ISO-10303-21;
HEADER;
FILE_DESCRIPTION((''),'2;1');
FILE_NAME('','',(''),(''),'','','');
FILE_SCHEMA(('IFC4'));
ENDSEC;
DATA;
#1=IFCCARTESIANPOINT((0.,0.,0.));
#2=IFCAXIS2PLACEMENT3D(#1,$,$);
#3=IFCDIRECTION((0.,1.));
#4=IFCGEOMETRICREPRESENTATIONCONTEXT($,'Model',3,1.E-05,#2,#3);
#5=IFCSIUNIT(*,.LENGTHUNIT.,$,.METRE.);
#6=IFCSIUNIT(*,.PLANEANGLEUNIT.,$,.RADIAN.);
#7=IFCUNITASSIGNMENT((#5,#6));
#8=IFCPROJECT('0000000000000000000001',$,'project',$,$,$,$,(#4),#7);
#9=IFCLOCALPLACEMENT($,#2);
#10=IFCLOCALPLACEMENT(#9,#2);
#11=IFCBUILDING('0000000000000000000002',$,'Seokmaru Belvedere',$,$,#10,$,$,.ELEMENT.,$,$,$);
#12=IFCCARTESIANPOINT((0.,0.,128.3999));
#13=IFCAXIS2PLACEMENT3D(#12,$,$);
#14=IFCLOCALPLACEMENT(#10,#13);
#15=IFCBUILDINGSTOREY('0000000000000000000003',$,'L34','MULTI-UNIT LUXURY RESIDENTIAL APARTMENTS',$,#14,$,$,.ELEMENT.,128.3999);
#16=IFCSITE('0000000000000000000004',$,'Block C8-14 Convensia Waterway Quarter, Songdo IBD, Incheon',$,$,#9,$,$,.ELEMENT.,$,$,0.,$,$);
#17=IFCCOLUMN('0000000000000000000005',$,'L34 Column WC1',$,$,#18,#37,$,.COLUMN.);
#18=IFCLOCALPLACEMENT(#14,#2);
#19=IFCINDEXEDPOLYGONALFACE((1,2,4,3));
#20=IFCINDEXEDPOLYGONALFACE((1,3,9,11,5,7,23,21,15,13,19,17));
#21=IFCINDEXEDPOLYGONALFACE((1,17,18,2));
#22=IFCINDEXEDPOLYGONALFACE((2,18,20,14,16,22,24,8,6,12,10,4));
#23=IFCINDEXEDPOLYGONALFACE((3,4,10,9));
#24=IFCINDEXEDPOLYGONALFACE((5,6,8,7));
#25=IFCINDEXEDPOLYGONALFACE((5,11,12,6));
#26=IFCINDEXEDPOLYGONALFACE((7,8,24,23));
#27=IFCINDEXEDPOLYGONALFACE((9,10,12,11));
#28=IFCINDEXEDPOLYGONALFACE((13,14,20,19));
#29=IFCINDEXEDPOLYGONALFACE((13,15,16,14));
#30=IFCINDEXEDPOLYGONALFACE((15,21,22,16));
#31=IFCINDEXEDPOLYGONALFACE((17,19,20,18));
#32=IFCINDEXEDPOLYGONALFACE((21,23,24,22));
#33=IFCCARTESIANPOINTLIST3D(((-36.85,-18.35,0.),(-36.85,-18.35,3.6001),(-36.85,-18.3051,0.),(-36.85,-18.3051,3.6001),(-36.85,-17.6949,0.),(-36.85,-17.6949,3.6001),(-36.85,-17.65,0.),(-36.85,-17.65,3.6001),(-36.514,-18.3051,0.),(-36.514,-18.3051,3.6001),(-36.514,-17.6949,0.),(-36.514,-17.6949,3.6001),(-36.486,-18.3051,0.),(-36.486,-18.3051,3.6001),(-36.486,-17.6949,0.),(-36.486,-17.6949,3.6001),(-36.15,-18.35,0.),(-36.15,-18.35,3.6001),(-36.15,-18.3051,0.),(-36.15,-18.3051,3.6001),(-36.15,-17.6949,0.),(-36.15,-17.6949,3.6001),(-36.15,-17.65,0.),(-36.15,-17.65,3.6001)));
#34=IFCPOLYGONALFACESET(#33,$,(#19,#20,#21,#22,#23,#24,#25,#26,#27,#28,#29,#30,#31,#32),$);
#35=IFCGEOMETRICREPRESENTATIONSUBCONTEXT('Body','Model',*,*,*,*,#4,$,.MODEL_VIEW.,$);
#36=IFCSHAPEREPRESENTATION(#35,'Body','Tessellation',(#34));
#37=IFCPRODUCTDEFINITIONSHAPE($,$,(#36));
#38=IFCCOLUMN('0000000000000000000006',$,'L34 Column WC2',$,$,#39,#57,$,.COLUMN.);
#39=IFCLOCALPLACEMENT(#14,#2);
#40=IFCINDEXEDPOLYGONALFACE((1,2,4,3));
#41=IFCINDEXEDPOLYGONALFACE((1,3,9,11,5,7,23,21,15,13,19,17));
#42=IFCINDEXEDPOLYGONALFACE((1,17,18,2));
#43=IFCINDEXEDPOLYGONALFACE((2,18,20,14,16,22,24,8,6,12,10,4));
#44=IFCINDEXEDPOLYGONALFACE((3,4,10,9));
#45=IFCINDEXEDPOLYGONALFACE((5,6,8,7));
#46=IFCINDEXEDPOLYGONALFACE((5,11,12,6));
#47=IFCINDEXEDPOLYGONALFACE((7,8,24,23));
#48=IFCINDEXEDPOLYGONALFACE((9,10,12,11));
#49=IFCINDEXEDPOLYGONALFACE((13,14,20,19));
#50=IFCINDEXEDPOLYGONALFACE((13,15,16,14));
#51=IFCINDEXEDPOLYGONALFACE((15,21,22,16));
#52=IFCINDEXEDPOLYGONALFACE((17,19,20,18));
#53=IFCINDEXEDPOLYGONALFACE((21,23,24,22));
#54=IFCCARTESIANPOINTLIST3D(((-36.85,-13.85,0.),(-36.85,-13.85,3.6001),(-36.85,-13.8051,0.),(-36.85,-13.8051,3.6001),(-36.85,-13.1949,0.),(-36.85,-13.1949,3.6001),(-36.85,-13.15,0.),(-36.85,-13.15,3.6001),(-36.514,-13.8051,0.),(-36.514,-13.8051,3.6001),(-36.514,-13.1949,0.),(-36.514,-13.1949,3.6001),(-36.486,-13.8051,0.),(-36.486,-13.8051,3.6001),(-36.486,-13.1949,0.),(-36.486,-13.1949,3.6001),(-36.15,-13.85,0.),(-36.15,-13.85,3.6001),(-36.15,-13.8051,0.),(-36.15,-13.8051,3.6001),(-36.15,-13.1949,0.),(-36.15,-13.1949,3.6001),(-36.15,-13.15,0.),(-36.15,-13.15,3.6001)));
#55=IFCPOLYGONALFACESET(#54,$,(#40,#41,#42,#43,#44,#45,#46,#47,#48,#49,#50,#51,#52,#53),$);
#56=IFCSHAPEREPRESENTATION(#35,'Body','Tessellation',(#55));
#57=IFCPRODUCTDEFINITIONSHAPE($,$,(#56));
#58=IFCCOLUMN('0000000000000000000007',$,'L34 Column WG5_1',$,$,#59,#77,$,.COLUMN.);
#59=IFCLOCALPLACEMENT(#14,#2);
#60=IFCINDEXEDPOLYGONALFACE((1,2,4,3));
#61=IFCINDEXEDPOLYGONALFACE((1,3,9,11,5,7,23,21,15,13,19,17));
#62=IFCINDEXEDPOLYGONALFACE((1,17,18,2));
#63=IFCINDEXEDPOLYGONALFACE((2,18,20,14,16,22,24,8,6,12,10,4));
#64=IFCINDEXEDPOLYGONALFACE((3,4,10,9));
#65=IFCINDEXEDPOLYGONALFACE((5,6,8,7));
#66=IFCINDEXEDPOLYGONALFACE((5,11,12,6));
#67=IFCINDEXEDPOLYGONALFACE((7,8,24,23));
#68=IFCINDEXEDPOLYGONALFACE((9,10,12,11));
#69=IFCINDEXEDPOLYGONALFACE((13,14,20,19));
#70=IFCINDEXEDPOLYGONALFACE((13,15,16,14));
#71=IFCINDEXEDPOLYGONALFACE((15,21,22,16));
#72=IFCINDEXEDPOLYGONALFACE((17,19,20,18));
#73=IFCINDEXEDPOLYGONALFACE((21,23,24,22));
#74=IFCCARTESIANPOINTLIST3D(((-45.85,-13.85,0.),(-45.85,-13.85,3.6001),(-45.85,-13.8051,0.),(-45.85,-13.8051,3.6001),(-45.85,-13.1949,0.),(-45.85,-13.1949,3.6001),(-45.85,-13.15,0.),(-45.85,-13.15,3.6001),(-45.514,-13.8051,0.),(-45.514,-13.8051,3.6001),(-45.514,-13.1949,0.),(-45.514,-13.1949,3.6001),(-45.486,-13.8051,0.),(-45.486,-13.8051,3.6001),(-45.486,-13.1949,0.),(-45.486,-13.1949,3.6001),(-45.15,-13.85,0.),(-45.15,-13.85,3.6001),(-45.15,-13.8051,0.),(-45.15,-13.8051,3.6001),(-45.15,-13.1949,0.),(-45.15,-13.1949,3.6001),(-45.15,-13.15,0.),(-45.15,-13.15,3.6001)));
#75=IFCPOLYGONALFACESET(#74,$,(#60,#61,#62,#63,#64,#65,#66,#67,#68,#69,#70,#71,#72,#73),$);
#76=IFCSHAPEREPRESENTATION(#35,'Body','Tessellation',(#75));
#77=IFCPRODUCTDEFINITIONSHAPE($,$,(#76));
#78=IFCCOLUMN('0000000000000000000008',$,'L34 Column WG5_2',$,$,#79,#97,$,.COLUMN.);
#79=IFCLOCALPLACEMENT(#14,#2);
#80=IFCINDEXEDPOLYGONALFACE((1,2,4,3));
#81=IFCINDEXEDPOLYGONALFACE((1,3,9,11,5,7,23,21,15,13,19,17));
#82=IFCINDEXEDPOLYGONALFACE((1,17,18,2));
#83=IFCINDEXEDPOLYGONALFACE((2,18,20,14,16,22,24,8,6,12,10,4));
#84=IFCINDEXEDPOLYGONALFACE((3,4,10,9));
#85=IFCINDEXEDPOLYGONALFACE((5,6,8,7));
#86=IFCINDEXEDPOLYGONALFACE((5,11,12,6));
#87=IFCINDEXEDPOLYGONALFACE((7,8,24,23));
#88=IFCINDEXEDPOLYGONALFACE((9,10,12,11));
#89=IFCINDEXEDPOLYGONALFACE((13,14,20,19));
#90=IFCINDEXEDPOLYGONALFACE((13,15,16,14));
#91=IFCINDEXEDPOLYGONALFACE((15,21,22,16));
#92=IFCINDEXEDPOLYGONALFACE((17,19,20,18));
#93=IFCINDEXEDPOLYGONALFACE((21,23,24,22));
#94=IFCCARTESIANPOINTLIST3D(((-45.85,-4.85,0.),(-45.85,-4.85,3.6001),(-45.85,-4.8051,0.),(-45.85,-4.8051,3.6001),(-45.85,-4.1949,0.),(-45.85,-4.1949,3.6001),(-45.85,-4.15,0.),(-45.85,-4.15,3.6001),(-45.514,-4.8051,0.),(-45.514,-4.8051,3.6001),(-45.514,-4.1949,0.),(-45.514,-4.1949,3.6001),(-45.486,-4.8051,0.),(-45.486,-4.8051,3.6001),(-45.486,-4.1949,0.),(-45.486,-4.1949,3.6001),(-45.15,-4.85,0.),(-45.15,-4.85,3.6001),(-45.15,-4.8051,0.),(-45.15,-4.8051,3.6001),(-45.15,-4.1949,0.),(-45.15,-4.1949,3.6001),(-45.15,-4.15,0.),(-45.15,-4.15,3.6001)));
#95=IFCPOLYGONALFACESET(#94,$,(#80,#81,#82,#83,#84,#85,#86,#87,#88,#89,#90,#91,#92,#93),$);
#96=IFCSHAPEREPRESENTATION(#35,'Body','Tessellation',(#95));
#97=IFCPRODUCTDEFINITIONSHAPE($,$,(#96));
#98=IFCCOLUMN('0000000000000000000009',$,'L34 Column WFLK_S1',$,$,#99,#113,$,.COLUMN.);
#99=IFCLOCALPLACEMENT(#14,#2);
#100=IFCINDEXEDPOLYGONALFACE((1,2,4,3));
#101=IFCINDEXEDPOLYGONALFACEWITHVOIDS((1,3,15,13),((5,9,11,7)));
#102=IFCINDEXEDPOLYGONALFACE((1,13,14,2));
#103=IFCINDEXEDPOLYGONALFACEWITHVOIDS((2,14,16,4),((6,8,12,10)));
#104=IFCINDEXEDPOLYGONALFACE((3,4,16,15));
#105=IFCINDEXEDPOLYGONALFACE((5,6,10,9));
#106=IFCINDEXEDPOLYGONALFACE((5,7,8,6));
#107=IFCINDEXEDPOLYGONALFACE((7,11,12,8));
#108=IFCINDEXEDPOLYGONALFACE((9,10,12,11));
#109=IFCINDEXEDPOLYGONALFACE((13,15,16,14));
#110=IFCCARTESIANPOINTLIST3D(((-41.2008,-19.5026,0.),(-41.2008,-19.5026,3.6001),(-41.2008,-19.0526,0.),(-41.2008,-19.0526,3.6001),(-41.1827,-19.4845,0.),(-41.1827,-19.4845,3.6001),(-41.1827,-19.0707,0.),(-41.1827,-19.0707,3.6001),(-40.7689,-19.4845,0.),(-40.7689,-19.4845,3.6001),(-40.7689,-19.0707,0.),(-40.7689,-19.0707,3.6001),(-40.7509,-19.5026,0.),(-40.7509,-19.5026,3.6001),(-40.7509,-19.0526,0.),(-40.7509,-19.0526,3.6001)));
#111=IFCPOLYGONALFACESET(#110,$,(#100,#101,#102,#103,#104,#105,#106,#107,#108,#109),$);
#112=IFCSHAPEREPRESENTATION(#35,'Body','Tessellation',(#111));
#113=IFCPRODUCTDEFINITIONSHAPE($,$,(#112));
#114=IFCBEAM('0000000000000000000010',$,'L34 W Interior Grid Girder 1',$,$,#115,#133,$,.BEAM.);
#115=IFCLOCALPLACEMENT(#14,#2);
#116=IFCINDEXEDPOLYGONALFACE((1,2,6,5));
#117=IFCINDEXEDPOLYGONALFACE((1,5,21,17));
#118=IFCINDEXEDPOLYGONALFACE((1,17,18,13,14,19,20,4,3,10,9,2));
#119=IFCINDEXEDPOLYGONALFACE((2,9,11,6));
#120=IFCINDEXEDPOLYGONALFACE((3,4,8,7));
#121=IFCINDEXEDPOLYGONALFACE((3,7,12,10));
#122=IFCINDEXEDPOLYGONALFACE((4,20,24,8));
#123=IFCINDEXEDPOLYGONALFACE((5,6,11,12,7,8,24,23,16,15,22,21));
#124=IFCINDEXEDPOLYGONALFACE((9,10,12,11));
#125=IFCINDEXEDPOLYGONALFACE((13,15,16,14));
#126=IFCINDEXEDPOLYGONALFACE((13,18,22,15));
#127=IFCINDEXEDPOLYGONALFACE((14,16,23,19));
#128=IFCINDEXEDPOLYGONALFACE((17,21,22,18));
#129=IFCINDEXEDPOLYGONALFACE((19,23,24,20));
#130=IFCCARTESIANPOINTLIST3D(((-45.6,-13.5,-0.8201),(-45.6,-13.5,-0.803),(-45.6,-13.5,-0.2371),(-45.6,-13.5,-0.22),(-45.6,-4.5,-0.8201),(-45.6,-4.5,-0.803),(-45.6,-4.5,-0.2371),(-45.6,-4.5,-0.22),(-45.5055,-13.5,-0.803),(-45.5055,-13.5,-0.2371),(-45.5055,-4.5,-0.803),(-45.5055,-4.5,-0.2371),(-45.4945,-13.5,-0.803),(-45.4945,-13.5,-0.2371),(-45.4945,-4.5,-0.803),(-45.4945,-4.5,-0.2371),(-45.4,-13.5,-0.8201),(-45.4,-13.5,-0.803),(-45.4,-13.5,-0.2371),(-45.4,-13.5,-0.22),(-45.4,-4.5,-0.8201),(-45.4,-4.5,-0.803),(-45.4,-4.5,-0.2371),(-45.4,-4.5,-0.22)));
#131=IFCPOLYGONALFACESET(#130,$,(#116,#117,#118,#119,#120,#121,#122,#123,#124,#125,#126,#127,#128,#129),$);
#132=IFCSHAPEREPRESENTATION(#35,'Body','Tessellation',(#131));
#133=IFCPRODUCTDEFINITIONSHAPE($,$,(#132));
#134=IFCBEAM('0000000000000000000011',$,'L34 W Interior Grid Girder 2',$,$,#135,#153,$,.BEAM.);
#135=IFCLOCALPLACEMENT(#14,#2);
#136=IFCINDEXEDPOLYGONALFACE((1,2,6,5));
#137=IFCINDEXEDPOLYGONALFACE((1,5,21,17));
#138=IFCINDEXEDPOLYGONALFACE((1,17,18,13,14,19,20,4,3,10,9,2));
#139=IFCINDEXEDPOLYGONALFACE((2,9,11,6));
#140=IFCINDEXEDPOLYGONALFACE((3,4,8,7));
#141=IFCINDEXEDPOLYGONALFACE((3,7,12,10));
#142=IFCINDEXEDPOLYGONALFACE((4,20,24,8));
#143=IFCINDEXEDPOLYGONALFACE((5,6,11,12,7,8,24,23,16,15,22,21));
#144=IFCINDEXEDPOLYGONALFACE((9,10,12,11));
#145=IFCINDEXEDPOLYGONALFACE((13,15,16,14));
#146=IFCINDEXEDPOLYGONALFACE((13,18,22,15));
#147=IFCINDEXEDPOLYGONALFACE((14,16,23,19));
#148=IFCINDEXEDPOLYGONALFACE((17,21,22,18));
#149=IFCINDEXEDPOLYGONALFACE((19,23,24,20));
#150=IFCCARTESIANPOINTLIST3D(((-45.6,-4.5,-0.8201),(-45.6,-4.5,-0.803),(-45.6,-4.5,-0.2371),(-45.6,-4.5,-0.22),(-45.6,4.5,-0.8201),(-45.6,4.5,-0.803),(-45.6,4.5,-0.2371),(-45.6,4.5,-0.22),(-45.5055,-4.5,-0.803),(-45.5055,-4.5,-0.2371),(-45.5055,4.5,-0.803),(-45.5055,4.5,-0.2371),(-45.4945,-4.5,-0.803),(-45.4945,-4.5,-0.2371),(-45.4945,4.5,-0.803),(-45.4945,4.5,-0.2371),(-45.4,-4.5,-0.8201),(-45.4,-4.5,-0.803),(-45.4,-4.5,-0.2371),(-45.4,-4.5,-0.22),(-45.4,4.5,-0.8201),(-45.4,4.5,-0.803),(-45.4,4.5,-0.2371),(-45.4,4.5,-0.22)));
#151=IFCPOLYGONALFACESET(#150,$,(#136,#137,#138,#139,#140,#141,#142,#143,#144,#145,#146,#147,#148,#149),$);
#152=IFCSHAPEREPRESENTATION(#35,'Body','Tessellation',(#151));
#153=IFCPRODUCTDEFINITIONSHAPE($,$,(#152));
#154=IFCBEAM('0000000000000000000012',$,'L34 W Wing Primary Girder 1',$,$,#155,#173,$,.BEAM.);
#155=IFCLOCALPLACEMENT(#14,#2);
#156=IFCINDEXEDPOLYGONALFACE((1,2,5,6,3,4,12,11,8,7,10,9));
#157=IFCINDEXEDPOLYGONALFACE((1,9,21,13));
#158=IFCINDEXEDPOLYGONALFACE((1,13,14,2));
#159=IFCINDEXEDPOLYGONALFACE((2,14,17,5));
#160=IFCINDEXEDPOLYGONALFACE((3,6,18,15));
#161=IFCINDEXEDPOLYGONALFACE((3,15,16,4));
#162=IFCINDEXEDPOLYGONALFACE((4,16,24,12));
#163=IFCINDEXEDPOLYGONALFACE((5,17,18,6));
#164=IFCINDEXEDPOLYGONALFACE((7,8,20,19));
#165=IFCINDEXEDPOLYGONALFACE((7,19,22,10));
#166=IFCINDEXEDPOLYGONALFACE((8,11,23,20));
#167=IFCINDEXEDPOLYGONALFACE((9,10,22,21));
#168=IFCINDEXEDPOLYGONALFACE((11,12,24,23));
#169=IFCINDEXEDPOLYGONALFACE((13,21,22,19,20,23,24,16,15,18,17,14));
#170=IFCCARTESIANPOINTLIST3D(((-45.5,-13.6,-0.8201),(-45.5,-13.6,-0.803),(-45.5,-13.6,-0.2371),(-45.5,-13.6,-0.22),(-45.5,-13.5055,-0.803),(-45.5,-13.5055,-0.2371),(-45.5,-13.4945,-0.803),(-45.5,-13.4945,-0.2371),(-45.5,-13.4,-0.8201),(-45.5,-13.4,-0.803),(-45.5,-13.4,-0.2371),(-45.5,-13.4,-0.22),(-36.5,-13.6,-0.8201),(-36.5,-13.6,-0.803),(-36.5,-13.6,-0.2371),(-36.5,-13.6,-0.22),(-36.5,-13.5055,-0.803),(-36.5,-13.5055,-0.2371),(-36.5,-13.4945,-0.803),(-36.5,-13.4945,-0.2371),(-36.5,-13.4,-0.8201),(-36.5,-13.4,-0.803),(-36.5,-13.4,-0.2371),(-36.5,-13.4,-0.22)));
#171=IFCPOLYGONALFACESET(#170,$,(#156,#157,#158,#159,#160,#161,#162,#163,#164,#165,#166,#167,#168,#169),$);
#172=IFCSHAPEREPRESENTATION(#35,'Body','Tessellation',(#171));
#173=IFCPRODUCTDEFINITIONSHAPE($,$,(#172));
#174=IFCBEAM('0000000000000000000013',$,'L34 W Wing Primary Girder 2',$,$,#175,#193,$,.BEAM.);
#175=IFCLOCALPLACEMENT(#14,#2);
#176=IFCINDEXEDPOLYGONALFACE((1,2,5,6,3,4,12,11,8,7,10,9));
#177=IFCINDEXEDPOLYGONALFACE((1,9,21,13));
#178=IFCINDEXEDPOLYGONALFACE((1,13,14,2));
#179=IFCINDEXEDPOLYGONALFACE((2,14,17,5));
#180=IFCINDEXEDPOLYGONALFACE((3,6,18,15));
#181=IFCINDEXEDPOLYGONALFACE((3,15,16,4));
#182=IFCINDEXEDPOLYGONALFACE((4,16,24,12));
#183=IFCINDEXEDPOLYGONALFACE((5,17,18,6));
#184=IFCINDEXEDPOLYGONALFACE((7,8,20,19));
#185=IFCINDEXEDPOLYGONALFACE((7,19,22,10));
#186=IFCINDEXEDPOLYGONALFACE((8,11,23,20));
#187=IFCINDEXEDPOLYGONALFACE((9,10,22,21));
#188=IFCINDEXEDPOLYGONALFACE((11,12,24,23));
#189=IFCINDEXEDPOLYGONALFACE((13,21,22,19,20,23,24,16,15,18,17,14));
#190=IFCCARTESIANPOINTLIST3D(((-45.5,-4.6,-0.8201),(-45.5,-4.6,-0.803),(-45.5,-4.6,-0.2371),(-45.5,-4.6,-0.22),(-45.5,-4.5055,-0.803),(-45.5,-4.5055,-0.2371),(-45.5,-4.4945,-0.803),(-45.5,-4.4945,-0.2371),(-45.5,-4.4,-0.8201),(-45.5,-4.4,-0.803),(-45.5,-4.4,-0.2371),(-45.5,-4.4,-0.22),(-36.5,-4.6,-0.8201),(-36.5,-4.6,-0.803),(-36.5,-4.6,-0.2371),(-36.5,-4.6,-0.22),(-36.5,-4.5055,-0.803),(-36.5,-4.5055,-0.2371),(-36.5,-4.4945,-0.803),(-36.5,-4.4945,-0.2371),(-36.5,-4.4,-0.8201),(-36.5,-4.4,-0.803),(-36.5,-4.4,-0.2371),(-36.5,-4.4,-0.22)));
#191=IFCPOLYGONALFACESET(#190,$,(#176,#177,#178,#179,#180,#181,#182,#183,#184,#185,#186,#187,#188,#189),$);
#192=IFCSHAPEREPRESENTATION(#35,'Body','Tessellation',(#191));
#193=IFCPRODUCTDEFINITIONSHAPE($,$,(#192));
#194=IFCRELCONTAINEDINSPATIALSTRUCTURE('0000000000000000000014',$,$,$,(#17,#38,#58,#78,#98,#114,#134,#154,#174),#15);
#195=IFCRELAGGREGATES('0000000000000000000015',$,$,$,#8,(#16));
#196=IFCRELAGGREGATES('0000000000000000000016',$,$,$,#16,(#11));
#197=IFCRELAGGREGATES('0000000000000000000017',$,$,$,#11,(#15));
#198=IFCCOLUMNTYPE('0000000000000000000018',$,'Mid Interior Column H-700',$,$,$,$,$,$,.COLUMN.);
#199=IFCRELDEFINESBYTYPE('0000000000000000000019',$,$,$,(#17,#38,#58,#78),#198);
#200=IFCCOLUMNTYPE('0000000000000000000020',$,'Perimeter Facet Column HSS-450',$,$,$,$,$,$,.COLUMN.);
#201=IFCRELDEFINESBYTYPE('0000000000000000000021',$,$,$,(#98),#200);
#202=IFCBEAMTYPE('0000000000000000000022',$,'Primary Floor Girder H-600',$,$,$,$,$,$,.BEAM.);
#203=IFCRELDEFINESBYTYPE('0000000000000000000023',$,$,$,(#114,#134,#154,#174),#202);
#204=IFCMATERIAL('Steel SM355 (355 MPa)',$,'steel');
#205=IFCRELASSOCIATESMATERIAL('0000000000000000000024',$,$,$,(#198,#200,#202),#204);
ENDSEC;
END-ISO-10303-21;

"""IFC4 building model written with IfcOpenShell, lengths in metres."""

from ifc_helpers import new_model, si_unit, direction, frame, origin, origin_2d, place, context, subcontext, project, spatial, hollow_rectangle, i_section, extrude, source, transform, mapped, material, material_profile, profile_set, type_object, type_shapes, element, save


model = new_model("IFC4")

# Units and contexts
model_context = context("Model", 3, precision=1e-05, world=origin(), true_north=direction((0.0, 1.0)))
body_context = subcontext(model_context, "Body", "Model", "MODEL_VIEW")
ifc_project = project(units=[si_unit("LENGTHUNIT", "METRE"), si_unit("PLANEANGLEUNIT", "RADIAN")], contexts=[model_context])

# Site, building, storey
site_placement = place(None, origin())
site = spatial("IfcSite", under=ifc_project, at=site_placement, Name="Block C8-14 Convensia Waterway Quarter, Songdo IBD, Incheon", CompositionType="ELEMENT", RefElevation=0.0)
building_placement = place(site_placement, origin())
building = spatial("IfcBuilding", under=site, at=building_placement, Name="Seokmaru Belvedere", CompositionType="ELEMENT")
storey_placement = place(building_placement, frame((0.0, 0.0, 128.3999)))
storey = spatial("IfcBuildingStorey", under=building, at=storey_placement, Name="L34", Description="MULTI-UNIT LUXURY RESIDENTIAL APARTMENTS", CompositionType="ELEMENT", Elevation=128.3999)

# Columns
ifc_material_1 = material(Name="Steel SM355 (355 MPa)", Category="steel")
ifc_material_profile_1 = material_profile(ifc_material_1, i_section(OverallWidth=0.7, OverallDepth=0.7, WebThickness=0.0281, FlangeThickness=0.0449, at=origin_2d()), Name="H-700x700x28x45")
ifc_profile_set_1 = profile_set([ifc_material_profile_1], Name="Steel SM355 (355 MPa)")
column_type_1 = type_object("IfcColumnType", Name="Mid Interior Column H-700", PredefinedType="COLUMN", material=ifc_profile_set_1)
shared_shape_1 = source(origin(), body_context, "Body", "SweptSolid", [
    extrude(i_section(OverallWidth=0.7, OverallDepth=0.7, WebThickness=0.0281, FlangeThickness=0.0449, at=origin_2d()), origin(), (0.0, 0.0, 1.0), 3.6001),
])
type_shapes(column_type_1, [shared_shape_1])
for number, where, z_axis, x_axis, name in (
    (1, (-36.5, -18.0, 0.0), (0.0, 0.0, 1.0), (1.0, 0.0, 0.0), "L34 Column WC1"),
    (2, (-36.5, -13.5, 0.0), (0.0, 0.0, 1.0), (1.0, 0.0, 0.0), "L34 Column WC2"),
    (3, (-45.5, -13.5, 0.0), (0.0, 0.0, 1.0), (1.0, 0.0, 0.0), "L34 Column WG5_1"),
    (4, (-45.5, -4.5, 0.0), (0.0, 0.0, 1.0), (1.0, 0.0, 0.0), "L34 Column WG5_2"),
):
    element("IfcColumn", number, at=place(storey_placement, frame(where, z_axis=z_axis, x_axis=x_axis)), inside=storey, type_object=column_type_1, Name=name, PredefinedType="COLUMN", context=body_context, shape_type="MappedRepresentation", body=[
        mapped(shared_shape_1, transform((0.0, 0.0, 0.0), scale=1.0)),
    ])
ifc_material_profile_2 = material_profile(ifc_material_1, hollow_rectangle(XDim=0.45, YDim=0.45, WallThickness=0.0181, at=origin_2d()), Name="HSS-450x450x18")
ifc_profile_set_2 = profile_set([ifc_material_profile_2], Name="Steel SM355 (355 MPa)")
column_type_2 = type_object("IfcColumnType", Name="Perimeter Facet Column HSS-450", PredefinedType="COLUMN", material=ifc_profile_set_2)
shared_shape_2 = source(origin(), body_context, "Body", "SweptSolid", [
    extrude(hollow_rectangle(XDim=0.45, YDim=0.45, WallThickness=0.0181, at=origin_2d()), origin(), (0.0, 0.0, 1.0), 3.6001),
])
type_shapes(column_type_2, [shared_shape_2])
column_placement = place(storey_placement, frame((-40.9758, -19.2776, 0.0), z_axis=(0.0, 0.0, 1.0), x_axis=(1.0, 0.0, 0.0)))
element("IfcColumn", 5, at=column_placement, inside=storey, type_object=column_type_2, Name="L34 Column WFLK_S1", PredefinedType="COLUMN", context=body_context, shape_type="MappedRepresentation", body=[
    mapped(shared_shape_2, transform((0.0, 0.0, 0.0), scale=1.0)),
])

# Beams
ifc_material_profile_3 = material_profile(ifc_material_1, i_section(OverallWidth=0.2, OverallDepth=0.6001, WebThickness=0.011, FlangeThickness=0.0171, at=origin_2d()), Name="H-600x200x11x17")
ifc_profile_set_3 = profile_set([ifc_material_profile_3], Name="Steel SM355 (355 MPa)")
beam_type_1 = type_object("IfcBeamType", Name="Primary Floor Girder H-600", PredefinedType="BEAM", material=ifc_profile_set_3)
shared_shape_3 = source(origin(), body_context, "Body", "SweptSolid", [
    extrude(i_section(OverallWidth=0.2, OverallDepth=0.6001, WebThickness=0.011, FlangeThickness=0.0171, at=origin_2d()), origin(), (0.0, 0.0, 1.0), 9.0),
])
for number, where, z_axis, x_axis, name in (
    (6, (-45.5, -13.5, -0.52), (0.0, 1.0, 0.0), (-1.0, 0.0, 0.0), "L34 W Interior Grid Girder 1"),
    (7, (-45.5, -4.5, -0.52), (0.0, 1.0, 0.0), (-1.0, 0.0, 0.0), "L34 W Interior Grid Girder 2"),
    (8, (-45.5, -13.5, -0.52), (1.0, 0.0, 0.0), (0.0, 1.0, 0.0), "L34 W Wing Primary Girder 1"),
    (9, (-45.5, -4.5, -0.52), (1.0, 0.0, 0.0), (0.0, 1.0, 0.0), "L34 W Wing Primary Girder 2"),
):
    element("IfcBeam", number, at=place(storey_placement, frame(where, z_axis=z_axis, x_axis=x_axis)), inside=storey, type_object=beam_type_1, Name=name, PredefinedType="BEAM", context=body_context, shape_type="MappedRepresentation", body=[
        mapped(shared_shape_3, transform((0.0, 0.0, 0.0), scale=1.0)),
    ])

save(model, "model.ifc")
